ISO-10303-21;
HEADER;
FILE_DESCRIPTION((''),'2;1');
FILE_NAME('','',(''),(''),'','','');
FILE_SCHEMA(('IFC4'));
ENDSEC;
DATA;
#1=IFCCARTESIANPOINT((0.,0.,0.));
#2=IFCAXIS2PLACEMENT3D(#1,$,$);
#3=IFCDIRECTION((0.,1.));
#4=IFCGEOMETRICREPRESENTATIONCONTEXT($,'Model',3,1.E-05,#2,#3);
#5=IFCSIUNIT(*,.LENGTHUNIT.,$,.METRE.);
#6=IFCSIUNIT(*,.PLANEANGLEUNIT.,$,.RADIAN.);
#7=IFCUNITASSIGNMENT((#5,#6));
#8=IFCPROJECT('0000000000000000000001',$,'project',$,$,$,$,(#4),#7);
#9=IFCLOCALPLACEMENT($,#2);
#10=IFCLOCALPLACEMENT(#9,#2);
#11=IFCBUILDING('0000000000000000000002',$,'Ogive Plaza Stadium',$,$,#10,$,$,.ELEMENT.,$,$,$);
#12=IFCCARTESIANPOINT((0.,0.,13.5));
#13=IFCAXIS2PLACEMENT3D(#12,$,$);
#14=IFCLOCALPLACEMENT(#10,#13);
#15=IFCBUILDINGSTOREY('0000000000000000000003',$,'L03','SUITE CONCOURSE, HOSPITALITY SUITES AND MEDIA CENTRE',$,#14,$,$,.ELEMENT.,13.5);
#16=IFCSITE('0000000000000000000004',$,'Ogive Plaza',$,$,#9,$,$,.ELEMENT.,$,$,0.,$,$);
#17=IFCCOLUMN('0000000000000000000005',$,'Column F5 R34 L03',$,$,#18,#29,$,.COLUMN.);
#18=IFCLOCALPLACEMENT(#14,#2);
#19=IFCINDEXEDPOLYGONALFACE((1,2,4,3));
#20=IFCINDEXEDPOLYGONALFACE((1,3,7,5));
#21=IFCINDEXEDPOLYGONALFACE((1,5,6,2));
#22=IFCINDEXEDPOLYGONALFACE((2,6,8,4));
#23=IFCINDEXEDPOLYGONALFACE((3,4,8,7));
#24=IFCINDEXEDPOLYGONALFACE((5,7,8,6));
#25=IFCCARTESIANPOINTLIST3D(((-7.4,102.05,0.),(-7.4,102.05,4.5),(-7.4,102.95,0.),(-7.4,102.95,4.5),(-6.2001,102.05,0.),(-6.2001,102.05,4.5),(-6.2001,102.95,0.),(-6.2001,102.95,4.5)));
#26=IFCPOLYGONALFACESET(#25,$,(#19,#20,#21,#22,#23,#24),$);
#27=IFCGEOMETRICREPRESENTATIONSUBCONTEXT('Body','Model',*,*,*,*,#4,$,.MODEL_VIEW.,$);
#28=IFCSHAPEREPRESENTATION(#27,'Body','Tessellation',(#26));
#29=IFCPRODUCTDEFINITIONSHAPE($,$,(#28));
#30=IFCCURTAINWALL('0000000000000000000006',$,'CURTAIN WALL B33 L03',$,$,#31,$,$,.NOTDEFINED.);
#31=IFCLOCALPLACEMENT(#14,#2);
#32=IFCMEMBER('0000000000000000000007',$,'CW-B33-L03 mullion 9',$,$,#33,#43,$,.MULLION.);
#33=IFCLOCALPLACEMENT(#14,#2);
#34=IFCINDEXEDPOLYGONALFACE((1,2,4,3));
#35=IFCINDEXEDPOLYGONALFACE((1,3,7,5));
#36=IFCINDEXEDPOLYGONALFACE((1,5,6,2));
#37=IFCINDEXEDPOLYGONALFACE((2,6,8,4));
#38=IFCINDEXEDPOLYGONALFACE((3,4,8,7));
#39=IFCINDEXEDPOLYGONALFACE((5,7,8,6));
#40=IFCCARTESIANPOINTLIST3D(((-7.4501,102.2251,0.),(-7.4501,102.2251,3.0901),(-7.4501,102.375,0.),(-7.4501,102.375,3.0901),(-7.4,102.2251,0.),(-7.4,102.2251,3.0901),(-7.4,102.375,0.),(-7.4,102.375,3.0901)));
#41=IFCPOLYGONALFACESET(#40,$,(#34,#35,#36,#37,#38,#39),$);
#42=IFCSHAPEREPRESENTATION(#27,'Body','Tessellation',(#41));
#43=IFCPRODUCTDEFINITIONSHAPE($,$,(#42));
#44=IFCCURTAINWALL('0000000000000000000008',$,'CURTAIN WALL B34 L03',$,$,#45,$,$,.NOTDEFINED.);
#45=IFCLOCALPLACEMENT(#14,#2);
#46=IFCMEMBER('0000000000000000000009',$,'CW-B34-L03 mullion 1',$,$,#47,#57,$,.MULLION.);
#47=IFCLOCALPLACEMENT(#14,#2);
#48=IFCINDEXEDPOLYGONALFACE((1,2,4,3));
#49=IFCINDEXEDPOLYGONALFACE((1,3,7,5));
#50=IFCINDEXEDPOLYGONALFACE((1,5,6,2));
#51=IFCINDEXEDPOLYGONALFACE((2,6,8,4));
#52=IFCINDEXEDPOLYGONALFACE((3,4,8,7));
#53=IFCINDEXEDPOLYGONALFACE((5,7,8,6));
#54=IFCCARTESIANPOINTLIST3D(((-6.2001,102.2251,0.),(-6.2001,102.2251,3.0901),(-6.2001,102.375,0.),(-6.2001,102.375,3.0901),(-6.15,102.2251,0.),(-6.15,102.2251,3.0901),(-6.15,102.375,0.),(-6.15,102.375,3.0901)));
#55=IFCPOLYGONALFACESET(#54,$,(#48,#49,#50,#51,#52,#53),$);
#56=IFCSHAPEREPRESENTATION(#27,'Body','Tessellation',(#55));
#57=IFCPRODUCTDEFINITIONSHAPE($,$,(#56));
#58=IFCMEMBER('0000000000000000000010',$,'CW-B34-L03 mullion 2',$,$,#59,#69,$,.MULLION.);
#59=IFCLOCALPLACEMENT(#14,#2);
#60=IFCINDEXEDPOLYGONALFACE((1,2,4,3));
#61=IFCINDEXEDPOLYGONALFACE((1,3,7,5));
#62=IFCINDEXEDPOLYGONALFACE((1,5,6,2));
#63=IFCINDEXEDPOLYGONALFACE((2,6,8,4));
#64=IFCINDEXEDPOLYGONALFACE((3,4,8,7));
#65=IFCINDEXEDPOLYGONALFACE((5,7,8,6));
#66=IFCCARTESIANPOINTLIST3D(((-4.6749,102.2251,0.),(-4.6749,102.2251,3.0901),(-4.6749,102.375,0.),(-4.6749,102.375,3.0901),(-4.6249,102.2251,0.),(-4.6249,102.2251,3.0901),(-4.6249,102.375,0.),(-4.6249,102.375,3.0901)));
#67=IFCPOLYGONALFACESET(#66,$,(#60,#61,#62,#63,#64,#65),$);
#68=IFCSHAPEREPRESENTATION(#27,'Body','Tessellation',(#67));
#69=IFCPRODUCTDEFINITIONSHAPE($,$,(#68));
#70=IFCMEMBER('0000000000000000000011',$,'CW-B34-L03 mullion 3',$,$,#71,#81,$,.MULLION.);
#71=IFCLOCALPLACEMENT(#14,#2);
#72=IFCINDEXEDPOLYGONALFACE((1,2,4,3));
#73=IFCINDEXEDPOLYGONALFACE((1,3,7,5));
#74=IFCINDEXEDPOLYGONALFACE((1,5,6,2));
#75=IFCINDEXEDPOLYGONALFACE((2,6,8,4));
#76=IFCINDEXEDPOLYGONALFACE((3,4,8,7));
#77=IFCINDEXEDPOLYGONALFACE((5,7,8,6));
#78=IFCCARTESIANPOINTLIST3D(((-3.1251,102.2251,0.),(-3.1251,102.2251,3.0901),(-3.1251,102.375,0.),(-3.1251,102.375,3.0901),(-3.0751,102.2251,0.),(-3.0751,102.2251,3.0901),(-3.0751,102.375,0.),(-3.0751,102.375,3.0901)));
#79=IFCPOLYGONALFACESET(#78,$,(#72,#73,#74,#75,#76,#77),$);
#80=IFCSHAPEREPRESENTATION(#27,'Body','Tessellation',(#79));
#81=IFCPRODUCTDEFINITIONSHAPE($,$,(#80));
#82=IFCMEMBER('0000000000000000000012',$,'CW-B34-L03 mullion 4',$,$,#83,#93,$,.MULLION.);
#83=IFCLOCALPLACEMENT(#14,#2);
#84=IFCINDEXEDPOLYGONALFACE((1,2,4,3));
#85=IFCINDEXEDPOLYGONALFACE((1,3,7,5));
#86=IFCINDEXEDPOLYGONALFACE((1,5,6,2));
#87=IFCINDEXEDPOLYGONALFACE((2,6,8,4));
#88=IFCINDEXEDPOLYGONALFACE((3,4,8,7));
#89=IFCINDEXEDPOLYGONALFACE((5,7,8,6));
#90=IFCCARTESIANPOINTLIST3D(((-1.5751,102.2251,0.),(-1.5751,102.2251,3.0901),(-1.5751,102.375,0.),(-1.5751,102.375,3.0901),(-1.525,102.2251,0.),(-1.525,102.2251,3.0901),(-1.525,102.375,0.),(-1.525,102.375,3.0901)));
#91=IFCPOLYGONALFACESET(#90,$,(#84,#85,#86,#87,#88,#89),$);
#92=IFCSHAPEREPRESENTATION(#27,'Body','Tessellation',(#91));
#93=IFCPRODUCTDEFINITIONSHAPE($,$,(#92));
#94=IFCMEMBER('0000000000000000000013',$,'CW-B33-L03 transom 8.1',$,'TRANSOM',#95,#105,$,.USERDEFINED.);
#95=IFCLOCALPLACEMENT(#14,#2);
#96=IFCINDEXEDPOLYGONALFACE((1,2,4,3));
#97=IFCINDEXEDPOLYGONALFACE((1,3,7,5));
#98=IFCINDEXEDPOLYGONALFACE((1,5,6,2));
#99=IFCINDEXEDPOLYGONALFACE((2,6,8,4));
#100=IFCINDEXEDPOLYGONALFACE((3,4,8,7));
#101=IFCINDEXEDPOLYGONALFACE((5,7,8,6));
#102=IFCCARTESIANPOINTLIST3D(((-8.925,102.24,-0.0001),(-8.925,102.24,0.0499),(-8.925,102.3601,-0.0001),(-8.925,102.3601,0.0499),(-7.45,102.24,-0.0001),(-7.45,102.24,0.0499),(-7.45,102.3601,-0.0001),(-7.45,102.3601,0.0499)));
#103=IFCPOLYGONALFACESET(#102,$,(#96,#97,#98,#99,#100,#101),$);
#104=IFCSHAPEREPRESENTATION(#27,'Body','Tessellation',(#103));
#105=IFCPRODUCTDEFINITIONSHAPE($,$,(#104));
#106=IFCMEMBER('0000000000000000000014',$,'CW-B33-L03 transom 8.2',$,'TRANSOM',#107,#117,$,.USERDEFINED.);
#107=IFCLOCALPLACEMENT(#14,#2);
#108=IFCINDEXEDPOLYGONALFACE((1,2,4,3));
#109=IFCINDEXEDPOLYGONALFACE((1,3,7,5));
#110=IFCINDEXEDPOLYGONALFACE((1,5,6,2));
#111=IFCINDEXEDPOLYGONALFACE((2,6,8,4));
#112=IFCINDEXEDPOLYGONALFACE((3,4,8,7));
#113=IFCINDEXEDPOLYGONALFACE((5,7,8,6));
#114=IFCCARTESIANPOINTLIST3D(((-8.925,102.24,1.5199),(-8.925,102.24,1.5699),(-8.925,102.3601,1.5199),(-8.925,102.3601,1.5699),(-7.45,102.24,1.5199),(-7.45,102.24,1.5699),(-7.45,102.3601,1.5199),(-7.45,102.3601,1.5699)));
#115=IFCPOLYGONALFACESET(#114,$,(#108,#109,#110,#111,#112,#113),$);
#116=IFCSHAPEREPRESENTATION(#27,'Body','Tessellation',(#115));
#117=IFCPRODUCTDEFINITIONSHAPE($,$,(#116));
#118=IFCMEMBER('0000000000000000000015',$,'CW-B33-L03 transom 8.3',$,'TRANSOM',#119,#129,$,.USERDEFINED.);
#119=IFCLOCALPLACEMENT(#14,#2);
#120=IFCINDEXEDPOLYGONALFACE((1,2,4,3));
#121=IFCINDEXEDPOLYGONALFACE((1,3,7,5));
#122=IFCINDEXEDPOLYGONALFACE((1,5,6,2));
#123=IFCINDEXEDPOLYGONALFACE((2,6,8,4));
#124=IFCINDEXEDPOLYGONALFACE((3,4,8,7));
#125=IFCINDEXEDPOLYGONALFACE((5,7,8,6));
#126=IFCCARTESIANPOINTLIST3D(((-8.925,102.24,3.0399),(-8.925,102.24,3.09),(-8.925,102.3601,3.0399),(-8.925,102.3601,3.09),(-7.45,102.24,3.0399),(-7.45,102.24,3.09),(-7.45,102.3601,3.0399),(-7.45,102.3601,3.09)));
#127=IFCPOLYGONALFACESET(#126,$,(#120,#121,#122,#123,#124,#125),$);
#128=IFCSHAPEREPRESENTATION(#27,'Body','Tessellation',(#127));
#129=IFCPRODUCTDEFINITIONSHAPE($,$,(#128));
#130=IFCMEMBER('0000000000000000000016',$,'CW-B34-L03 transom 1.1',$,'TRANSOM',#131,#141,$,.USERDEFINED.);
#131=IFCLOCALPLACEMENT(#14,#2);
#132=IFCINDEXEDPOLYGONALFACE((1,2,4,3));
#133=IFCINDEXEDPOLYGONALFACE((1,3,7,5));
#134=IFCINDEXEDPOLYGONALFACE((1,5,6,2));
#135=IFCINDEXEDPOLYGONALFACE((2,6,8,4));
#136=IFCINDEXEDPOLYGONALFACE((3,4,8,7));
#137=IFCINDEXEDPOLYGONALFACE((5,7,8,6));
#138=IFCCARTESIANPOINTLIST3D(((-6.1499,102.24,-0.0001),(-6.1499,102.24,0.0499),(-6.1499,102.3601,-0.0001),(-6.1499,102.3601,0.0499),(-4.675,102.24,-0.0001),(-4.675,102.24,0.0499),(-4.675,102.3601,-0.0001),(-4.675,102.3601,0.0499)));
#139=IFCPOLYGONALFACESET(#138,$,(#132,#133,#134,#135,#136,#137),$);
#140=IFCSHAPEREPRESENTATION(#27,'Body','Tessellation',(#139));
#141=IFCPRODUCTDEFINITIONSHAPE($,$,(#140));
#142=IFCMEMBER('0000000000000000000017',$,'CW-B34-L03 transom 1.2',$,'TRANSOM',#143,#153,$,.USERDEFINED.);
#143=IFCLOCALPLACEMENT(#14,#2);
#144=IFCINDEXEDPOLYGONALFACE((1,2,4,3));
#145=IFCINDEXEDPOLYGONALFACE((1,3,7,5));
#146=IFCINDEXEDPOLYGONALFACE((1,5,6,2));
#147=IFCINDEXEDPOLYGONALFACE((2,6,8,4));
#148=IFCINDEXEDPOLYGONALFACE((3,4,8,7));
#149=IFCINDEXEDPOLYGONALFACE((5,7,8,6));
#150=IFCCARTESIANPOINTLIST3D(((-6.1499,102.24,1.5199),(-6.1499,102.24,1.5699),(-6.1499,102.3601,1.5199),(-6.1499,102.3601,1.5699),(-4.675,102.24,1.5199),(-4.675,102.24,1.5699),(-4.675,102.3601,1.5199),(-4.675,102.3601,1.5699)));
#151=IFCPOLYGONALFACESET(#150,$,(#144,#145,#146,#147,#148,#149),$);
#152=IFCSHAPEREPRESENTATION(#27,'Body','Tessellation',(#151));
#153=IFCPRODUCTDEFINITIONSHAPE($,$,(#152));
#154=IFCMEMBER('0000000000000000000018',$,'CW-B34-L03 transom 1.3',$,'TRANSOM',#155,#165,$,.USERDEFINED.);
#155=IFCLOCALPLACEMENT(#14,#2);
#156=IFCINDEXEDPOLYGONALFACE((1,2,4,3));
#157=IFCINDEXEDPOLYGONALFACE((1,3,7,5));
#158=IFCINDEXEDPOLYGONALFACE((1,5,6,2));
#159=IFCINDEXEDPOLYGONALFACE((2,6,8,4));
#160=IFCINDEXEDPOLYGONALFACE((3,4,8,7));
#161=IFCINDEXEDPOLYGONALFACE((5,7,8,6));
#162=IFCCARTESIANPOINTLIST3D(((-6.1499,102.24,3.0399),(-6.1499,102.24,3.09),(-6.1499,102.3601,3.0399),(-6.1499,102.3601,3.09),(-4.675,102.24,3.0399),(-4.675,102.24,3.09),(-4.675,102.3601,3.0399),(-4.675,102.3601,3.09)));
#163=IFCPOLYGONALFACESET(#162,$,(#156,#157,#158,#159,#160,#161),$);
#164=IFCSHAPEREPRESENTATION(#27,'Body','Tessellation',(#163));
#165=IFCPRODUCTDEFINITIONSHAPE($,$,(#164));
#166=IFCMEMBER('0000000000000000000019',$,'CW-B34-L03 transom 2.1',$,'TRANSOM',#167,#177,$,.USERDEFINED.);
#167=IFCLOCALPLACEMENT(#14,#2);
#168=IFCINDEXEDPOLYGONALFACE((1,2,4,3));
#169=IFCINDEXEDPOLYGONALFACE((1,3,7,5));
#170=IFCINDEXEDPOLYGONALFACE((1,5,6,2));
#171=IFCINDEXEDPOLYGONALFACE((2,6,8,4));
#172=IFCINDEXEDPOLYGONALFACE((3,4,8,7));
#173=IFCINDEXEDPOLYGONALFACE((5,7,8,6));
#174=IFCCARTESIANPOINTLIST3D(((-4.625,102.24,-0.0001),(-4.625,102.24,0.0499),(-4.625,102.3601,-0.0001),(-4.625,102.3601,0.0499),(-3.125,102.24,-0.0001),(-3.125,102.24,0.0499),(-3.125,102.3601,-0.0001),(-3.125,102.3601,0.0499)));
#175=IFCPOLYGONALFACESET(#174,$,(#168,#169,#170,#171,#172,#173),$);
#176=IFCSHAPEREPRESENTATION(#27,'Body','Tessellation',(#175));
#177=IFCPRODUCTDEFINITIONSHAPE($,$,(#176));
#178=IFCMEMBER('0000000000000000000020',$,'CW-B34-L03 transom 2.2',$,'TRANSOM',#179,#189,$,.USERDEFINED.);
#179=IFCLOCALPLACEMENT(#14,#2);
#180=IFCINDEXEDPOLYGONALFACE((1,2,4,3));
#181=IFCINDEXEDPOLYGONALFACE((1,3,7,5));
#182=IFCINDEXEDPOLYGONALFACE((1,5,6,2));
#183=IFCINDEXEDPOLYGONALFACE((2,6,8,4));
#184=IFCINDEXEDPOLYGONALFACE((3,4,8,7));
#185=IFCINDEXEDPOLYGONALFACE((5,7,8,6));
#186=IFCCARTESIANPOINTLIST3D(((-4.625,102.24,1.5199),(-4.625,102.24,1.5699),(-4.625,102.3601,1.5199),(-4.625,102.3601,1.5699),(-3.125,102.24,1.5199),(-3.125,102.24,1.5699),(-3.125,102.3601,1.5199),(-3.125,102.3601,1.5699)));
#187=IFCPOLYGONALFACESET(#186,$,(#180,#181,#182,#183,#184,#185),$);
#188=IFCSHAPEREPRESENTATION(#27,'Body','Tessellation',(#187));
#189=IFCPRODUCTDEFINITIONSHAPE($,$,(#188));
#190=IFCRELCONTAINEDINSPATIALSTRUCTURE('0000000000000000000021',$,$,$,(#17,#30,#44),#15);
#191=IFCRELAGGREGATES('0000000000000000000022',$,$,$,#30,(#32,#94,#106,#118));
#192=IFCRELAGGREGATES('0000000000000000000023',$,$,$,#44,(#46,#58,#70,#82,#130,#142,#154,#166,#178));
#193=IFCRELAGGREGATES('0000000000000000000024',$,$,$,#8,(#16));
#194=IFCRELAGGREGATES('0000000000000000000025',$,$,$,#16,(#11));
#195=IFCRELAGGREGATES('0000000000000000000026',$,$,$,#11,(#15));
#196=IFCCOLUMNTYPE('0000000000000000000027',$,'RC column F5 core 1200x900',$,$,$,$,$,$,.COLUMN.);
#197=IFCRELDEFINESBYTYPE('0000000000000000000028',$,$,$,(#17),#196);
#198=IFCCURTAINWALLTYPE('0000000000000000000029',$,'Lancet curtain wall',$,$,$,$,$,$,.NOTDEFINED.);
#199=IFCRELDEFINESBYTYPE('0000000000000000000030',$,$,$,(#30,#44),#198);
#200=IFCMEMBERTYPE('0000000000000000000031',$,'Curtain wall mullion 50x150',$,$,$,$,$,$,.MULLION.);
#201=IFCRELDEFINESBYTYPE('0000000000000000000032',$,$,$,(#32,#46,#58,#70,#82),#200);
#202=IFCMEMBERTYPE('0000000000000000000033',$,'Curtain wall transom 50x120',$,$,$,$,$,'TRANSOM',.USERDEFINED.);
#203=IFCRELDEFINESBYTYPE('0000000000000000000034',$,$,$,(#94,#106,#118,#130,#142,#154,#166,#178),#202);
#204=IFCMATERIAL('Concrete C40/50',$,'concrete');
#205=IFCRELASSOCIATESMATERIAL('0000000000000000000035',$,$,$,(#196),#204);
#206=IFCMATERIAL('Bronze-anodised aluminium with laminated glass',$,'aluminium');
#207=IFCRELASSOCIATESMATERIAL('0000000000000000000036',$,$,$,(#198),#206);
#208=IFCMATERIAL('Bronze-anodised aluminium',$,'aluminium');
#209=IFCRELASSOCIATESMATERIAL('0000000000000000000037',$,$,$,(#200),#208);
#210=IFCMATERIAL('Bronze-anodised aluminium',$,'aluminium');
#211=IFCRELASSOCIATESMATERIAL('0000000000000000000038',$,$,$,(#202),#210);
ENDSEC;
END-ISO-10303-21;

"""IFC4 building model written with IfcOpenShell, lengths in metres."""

from ifc_helpers import new_model, si_unit, direction, frame, origin, origin_2d, place, context, subcontext, project, spatial, rectangle, extrude, material, material_profile, profile_set, type_object, element, aggregate, save


model = new_model("IFC4")

# Units and contexts
model_context = context("Model", 3, precision=1e-05, world=origin(), true_north=direction((0.0, 1.0)))
body_context = subcontext(model_context, "Body", "Model", "MODEL_VIEW")
ifc_project = project(units=[si_unit("LENGTHUNIT", "METRE"), si_unit("PLANEANGLEUNIT", "RADIAN")], contexts=[model_context])

# Site, building, storey
site_placement = place(None, origin())
site = spatial("IfcSite", under=ifc_project, at=site_placement, Name="Ogive Plaza", CompositionType="ELEMENT", RefElevation=0.0)
building_placement = place(site_placement, origin())
building = spatial("IfcBuilding", under=site, at=building_placement, Name="Ogive Plaza Stadium", CompositionType="ELEMENT")
storey_placement = place(building_placement, frame((0.0, 0.0, 13.5)))
storey = spatial("IfcBuildingStorey", under=building, at=storey_placement, Name="L03", Description="SUITE CONCOURSE, HOSPITALITY SUITES AND MEDIA CENTRE", CompositionType="ELEMENT", Elevation=13.5)

# Column
ifc_material_1 = material(Name="Concrete C40/50", Category="concrete")
ifc_material_profile_1 = material_profile(ifc_material_1, rectangle(XDim=1.2, YDim=0.8999, at=origin_2d()), Name="RC 1200x900")
ifc_profile_set_1 = profile_set([ifc_material_profile_1], Name="Concrete C40/50")
column_type = type_object("IfcColumnType", Name="RC column F5 core 1200x900", PredefinedType="COLUMN", material=ifc_profile_set_1)
column_placement = place(storey_placement, frame((-6.8, 102.5, 0.0), z_axis=(0.0, 0.0, 1.0), x_axis=(-1.0, 0.0, 0.0)))
element("IfcColumn", 1, at=column_placement, inside=storey, type_object=column_type, Name="Column F5 R34 L03", PredefinedType="COLUMN", context=body_context, shape_type="SweptSolid", body=[
    extrude(rectangle(XDim=1.2, YDim=0.8999, at=origin_2d()), origin(), (0.0, 0.0, 1.0), 4.5),
])

# Curtain wall, member
ifc_material_2 = material(Name="Bronze-anodised aluminium with laminated glass", Category="aluminium")
curtain_wall_type = type_object("IfcCurtainWallType", Name="Lancet curtain wall", PredefinedType="NOTDEFINED", material=ifc_material_2)
curtain_wall_1_placement = place(storey_placement, origin())
curtain_wall_1 = element("IfcCurtainWall", 2, at=curtain_wall_1_placement, inside=storey, type_object=curtain_wall_type, Name="CURTAIN WALL B33 L03", PredefinedType="NOTDEFINED")
ifc_material_3 = material(Name="Bronze-anodised aluminium", Category="aluminium")
ifc_material_profile_2 = material_profile(ifc_material_3, rectangle(XDim=0.1499, YDim=0.05, at=origin_2d()), Name="AL 150x50")
ifc_profile_set_2 = profile_set([ifc_material_profile_2], Name="Bronze-anodised aluminium")
member_type_1 = type_object("IfcMemberType", Name="Curtain wall mullion 50x150", PredefinedType="MULLION", material=ifc_profile_set_2)
member_1_placement = place(storey_placement, frame((-7.425, 102.3, 0.0), z_axis=(0.0, 0.0, 1.0), x_axis=(0.0, 1.0, 0.0)))
member_1 = element("IfcMember", 3, at=member_1_placement, type_object=member_type_1, Name="CW-B33-L03 mullion 9", PredefinedType="MULLION", context=body_context, shape_type="SweptSolid", body=[
    extrude(rectangle(XDim=0.1499, YDim=0.05, at=origin_2d()), origin(), (0.0, 0.0, 1.0), 3.0901),
])

# Curtain wall, members
curtain_wall_2_placement = place(storey_placement, origin())
curtain_wall_2 = element("IfcCurtainWall", 4, at=curtain_wall_2_placement, inside=storey, type_object=curtain_wall_type, Name="CURTAIN WALL B34 L03", PredefinedType="NOTDEFINED")
member_2_placement = place(storey_placement, frame((-6.175, 102.3, 0.0), z_axis=(0.0, 0.0, 1.0), x_axis=(0.0, 1.0, 0.0)))
member_2 = element("IfcMember", 5, at=member_2_placement, type_object=member_type_1, Name="CW-B34-L03 mullion 1", PredefinedType="MULLION", context=body_context, shape_type="SweptSolid", body=[
    extrude(rectangle(XDim=0.1499, YDim=0.05, at=origin_2d()), origin(), (0.0, 0.0, 1.0), 3.0901),
])
member_3_placement = place(storey_placement, frame((-4.6499, 102.3, 0.0), z_axis=(0.0, 0.0, 1.0), x_axis=(0.0, 1.0, 0.0)))
member_3 = element("IfcMember", 6, at=member_3_placement, type_object=member_type_1, Name="CW-B34-L03 mullion 2", PredefinedType="MULLION", context=body_context, shape_type="SweptSolid", body=[
    extrude(rectangle(XDim=0.1499, YDim=0.05, at=origin_2d()), origin(), (0.0, 0.0, 1.0), 3.0901),
])
member_4_placement = place(storey_placement, frame((-3.1001, 102.3, 0.0), z_axis=(0.0, 0.0, 1.0), x_axis=(0.0, 1.0, 0.0)))
member_4 = element("IfcMember", 7, at=member_4_placement, type_object=member_type_1, Name="CW-B34-L03 mullion 3", PredefinedType="MULLION", context=body_context, shape_type="SweptSolid", body=[
    extrude(rectangle(XDim=0.1499, YDim=0.05, at=origin_2d()), origin(), (0.0, 0.0, 1.0), 3.0901),
])
member_5_placement = place(storey_placement, frame((-1.55, 102.3, 0.0), z_axis=(0.0, 0.0, 1.0), x_axis=(0.0, 1.0, 0.0)))
member_5 = element("IfcMember", 8, at=member_5_placement, type_object=member_type_1, Name="CW-B34-L03 mullion 4", PredefinedType="MULLION", context=body_context, shape_type="SweptSolid", body=[
    extrude(rectangle(XDim=0.1499, YDim=0.05, at=origin_2d()), origin(), (0.0, 0.0, 1.0), 3.0901),
])

# Members
ifc_material_4 = material(Name="Bronze-anodised aluminium", Category="aluminium")
ifc_material_profile_3 = material_profile(ifc_material_4, rectangle(XDim=0.1201, YDim=0.05, at=origin_2d()), Name="AL 120x50")
ifc_profile_set_3 = profile_set([ifc_material_profile_3], Name="Bronze-anodised aluminium")
member_type_2 = type_object("IfcMemberType", Name="Curtain wall transom 50x120", ElementType="TRANSOM", PredefinedType="USERDEFINED", material=ifc_profile_set_3)
member_6_placement = place(storey_placement, frame((-8.925, 102.3, 0.0249), z_axis=(1.0, 0.0, 0.0), x_axis=(0.0, 1.0, 0.0)))
member_6 = element("IfcMember", 9, at=member_6_placement, type_object=member_type_2, Name="CW-B33-L03 transom 8.1", ObjectType="TRANSOM", PredefinedType="USERDEFINED", context=body_context, shape_type="SweptSolid", body=[
    extrude(rectangle(XDim=0.1201, YDim=0.05, at=origin_2d()), origin(), (0.0, 0.0, 1.0), 1.4751),
])
member_7_placement = place(storey_placement, frame((-8.925, 102.3, 1.5449), z_axis=(1.0, 0.0, 0.0), x_axis=(0.0, 1.0, 0.0)))
member_7 = element("IfcMember", 10, at=member_7_placement, type_object=member_type_2, Name="CW-B33-L03 transom 8.2", ObjectType="TRANSOM", PredefinedType="USERDEFINED", context=body_context, shape_type="SweptSolid", body=[
    extrude(rectangle(XDim=0.1201, YDim=0.05, at=origin_2d()), origin(), (0.0, 0.0, 1.0), 1.4751),
])
member_8_placement = place(storey_placement, frame((-8.925, 102.3, 3.0649), z_axis=(1.0, 0.0, 0.0), x_axis=(0.0, 1.0, 0.0)))
member_8 = element("IfcMember", 11, at=member_8_placement, type_object=member_type_2, Name="CW-B33-L03 transom 8.3", ObjectType="TRANSOM", PredefinedType="USERDEFINED", context=body_context, shape_type="SweptSolid", body=[
    extrude(rectangle(XDim=0.1201, YDim=0.05, at=origin_2d()), origin(), (0.0, 0.0, 1.0), 1.4751),
])
member_9_placement = place(storey_placement, frame((-6.1499, 102.3, 0.0249), z_axis=(1.0, 0.0, 0.0), x_axis=(0.0, 1.0, 0.0)))
member_9 = element("IfcMember", 12, at=member_9_placement, type_object=member_type_2, Name="CW-B34-L03 transom 1.1", ObjectType="TRANSOM", PredefinedType="USERDEFINED", context=body_context, shape_type="SweptSolid", body=[
    extrude(rectangle(XDim=0.1201, YDim=0.05, at=origin_2d()), origin(), (0.0, 0.0, 1.0), 1.4749),
])
member_10_placement = place(storey_placement, frame((-6.1499, 102.3, 1.5449), z_axis=(1.0, 0.0, 0.0), x_axis=(0.0, 1.0, 0.0)))
member_10 = element("IfcMember", 13, at=member_10_placement, type_object=member_type_2, Name="CW-B34-L03 transom 1.2", ObjectType="TRANSOM", PredefinedType="USERDEFINED", context=body_context, shape_type="SweptSolid", body=[
    extrude(rectangle(XDim=0.1201, YDim=0.05, at=origin_2d()), origin(), (0.0, 0.0, 1.0), 1.4749),
])
member_11_placement = place(storey_placement, frame((-6.1499, 102.3, 3.0649), z_axis=(1.0, 0.0, 0.0), x_axis=(0.0, 1.0, 0.0)))
member_11 = element("IfcMember", 14, at=member_11_placement, type_object=member_type_2, Name="CW-B34-L03 transom 1.3", ObjectType="TRANSOM", PredefinedType="USERDEFINED", context=body_context, shape_type="SweptSolid", body=[
    extrude(rectangle(XDim=0.1201, YDim=0.05, at=origin_2d()), origin(), (0.0, 0.0, 1.0), 1.4749),
])
member_12_placement = place(storey_placement, frame((-4.625, 102.3, 0.0249), z_axis=(1.0, 0.0, 0.0), x_axis=(0.0, 1.0, 0.0)))
member_12 = element("IfcMember", 15, at=member_12_placement, type_object=member_type_2, Name="CW-B34-L03 transom 2.1", ObjectType="TRANSOM", PredefinedType="USERDEFINED", context=body_context, shape_type="SweptSolid", body=[
    extrude(rectangle(XDim=0.1201, YDim=0.05, at=origin_2d()), origin(), (0.0, 0.0, 1.0), 1.5),
])
member_13_placement = place(storey_placement, frame((-4.625, 102.3, 1.5449), z_axis=(1.0, 0.0, 0.0), x_axis=(0.0, 1.0, 0.0)))
member_13 = element("IfcMember", 16, at=member_13_placement, type_object=member_type_2, Name="CW-B34-L03 transom 2.2", ObjectType="TRANSOM", PredefinedType="USERDEFINED", context=body_context, shape_type="SweptSolid", body=[
    extrude(rectangle(XDim=0.1201, YDim=0.05, at=origin_2d()), origin(), (0.0, 0.0, 1.0), 1.5),
])

aggregate(curtain_wall_1, [member_1, member_6, member_7, member_8])
aggregate(curtain_wall_2, [member_2, member_3, member_4, member_5, member_9, member_10, member_11, member_12, member_13])

save(model, "model.ifc")
